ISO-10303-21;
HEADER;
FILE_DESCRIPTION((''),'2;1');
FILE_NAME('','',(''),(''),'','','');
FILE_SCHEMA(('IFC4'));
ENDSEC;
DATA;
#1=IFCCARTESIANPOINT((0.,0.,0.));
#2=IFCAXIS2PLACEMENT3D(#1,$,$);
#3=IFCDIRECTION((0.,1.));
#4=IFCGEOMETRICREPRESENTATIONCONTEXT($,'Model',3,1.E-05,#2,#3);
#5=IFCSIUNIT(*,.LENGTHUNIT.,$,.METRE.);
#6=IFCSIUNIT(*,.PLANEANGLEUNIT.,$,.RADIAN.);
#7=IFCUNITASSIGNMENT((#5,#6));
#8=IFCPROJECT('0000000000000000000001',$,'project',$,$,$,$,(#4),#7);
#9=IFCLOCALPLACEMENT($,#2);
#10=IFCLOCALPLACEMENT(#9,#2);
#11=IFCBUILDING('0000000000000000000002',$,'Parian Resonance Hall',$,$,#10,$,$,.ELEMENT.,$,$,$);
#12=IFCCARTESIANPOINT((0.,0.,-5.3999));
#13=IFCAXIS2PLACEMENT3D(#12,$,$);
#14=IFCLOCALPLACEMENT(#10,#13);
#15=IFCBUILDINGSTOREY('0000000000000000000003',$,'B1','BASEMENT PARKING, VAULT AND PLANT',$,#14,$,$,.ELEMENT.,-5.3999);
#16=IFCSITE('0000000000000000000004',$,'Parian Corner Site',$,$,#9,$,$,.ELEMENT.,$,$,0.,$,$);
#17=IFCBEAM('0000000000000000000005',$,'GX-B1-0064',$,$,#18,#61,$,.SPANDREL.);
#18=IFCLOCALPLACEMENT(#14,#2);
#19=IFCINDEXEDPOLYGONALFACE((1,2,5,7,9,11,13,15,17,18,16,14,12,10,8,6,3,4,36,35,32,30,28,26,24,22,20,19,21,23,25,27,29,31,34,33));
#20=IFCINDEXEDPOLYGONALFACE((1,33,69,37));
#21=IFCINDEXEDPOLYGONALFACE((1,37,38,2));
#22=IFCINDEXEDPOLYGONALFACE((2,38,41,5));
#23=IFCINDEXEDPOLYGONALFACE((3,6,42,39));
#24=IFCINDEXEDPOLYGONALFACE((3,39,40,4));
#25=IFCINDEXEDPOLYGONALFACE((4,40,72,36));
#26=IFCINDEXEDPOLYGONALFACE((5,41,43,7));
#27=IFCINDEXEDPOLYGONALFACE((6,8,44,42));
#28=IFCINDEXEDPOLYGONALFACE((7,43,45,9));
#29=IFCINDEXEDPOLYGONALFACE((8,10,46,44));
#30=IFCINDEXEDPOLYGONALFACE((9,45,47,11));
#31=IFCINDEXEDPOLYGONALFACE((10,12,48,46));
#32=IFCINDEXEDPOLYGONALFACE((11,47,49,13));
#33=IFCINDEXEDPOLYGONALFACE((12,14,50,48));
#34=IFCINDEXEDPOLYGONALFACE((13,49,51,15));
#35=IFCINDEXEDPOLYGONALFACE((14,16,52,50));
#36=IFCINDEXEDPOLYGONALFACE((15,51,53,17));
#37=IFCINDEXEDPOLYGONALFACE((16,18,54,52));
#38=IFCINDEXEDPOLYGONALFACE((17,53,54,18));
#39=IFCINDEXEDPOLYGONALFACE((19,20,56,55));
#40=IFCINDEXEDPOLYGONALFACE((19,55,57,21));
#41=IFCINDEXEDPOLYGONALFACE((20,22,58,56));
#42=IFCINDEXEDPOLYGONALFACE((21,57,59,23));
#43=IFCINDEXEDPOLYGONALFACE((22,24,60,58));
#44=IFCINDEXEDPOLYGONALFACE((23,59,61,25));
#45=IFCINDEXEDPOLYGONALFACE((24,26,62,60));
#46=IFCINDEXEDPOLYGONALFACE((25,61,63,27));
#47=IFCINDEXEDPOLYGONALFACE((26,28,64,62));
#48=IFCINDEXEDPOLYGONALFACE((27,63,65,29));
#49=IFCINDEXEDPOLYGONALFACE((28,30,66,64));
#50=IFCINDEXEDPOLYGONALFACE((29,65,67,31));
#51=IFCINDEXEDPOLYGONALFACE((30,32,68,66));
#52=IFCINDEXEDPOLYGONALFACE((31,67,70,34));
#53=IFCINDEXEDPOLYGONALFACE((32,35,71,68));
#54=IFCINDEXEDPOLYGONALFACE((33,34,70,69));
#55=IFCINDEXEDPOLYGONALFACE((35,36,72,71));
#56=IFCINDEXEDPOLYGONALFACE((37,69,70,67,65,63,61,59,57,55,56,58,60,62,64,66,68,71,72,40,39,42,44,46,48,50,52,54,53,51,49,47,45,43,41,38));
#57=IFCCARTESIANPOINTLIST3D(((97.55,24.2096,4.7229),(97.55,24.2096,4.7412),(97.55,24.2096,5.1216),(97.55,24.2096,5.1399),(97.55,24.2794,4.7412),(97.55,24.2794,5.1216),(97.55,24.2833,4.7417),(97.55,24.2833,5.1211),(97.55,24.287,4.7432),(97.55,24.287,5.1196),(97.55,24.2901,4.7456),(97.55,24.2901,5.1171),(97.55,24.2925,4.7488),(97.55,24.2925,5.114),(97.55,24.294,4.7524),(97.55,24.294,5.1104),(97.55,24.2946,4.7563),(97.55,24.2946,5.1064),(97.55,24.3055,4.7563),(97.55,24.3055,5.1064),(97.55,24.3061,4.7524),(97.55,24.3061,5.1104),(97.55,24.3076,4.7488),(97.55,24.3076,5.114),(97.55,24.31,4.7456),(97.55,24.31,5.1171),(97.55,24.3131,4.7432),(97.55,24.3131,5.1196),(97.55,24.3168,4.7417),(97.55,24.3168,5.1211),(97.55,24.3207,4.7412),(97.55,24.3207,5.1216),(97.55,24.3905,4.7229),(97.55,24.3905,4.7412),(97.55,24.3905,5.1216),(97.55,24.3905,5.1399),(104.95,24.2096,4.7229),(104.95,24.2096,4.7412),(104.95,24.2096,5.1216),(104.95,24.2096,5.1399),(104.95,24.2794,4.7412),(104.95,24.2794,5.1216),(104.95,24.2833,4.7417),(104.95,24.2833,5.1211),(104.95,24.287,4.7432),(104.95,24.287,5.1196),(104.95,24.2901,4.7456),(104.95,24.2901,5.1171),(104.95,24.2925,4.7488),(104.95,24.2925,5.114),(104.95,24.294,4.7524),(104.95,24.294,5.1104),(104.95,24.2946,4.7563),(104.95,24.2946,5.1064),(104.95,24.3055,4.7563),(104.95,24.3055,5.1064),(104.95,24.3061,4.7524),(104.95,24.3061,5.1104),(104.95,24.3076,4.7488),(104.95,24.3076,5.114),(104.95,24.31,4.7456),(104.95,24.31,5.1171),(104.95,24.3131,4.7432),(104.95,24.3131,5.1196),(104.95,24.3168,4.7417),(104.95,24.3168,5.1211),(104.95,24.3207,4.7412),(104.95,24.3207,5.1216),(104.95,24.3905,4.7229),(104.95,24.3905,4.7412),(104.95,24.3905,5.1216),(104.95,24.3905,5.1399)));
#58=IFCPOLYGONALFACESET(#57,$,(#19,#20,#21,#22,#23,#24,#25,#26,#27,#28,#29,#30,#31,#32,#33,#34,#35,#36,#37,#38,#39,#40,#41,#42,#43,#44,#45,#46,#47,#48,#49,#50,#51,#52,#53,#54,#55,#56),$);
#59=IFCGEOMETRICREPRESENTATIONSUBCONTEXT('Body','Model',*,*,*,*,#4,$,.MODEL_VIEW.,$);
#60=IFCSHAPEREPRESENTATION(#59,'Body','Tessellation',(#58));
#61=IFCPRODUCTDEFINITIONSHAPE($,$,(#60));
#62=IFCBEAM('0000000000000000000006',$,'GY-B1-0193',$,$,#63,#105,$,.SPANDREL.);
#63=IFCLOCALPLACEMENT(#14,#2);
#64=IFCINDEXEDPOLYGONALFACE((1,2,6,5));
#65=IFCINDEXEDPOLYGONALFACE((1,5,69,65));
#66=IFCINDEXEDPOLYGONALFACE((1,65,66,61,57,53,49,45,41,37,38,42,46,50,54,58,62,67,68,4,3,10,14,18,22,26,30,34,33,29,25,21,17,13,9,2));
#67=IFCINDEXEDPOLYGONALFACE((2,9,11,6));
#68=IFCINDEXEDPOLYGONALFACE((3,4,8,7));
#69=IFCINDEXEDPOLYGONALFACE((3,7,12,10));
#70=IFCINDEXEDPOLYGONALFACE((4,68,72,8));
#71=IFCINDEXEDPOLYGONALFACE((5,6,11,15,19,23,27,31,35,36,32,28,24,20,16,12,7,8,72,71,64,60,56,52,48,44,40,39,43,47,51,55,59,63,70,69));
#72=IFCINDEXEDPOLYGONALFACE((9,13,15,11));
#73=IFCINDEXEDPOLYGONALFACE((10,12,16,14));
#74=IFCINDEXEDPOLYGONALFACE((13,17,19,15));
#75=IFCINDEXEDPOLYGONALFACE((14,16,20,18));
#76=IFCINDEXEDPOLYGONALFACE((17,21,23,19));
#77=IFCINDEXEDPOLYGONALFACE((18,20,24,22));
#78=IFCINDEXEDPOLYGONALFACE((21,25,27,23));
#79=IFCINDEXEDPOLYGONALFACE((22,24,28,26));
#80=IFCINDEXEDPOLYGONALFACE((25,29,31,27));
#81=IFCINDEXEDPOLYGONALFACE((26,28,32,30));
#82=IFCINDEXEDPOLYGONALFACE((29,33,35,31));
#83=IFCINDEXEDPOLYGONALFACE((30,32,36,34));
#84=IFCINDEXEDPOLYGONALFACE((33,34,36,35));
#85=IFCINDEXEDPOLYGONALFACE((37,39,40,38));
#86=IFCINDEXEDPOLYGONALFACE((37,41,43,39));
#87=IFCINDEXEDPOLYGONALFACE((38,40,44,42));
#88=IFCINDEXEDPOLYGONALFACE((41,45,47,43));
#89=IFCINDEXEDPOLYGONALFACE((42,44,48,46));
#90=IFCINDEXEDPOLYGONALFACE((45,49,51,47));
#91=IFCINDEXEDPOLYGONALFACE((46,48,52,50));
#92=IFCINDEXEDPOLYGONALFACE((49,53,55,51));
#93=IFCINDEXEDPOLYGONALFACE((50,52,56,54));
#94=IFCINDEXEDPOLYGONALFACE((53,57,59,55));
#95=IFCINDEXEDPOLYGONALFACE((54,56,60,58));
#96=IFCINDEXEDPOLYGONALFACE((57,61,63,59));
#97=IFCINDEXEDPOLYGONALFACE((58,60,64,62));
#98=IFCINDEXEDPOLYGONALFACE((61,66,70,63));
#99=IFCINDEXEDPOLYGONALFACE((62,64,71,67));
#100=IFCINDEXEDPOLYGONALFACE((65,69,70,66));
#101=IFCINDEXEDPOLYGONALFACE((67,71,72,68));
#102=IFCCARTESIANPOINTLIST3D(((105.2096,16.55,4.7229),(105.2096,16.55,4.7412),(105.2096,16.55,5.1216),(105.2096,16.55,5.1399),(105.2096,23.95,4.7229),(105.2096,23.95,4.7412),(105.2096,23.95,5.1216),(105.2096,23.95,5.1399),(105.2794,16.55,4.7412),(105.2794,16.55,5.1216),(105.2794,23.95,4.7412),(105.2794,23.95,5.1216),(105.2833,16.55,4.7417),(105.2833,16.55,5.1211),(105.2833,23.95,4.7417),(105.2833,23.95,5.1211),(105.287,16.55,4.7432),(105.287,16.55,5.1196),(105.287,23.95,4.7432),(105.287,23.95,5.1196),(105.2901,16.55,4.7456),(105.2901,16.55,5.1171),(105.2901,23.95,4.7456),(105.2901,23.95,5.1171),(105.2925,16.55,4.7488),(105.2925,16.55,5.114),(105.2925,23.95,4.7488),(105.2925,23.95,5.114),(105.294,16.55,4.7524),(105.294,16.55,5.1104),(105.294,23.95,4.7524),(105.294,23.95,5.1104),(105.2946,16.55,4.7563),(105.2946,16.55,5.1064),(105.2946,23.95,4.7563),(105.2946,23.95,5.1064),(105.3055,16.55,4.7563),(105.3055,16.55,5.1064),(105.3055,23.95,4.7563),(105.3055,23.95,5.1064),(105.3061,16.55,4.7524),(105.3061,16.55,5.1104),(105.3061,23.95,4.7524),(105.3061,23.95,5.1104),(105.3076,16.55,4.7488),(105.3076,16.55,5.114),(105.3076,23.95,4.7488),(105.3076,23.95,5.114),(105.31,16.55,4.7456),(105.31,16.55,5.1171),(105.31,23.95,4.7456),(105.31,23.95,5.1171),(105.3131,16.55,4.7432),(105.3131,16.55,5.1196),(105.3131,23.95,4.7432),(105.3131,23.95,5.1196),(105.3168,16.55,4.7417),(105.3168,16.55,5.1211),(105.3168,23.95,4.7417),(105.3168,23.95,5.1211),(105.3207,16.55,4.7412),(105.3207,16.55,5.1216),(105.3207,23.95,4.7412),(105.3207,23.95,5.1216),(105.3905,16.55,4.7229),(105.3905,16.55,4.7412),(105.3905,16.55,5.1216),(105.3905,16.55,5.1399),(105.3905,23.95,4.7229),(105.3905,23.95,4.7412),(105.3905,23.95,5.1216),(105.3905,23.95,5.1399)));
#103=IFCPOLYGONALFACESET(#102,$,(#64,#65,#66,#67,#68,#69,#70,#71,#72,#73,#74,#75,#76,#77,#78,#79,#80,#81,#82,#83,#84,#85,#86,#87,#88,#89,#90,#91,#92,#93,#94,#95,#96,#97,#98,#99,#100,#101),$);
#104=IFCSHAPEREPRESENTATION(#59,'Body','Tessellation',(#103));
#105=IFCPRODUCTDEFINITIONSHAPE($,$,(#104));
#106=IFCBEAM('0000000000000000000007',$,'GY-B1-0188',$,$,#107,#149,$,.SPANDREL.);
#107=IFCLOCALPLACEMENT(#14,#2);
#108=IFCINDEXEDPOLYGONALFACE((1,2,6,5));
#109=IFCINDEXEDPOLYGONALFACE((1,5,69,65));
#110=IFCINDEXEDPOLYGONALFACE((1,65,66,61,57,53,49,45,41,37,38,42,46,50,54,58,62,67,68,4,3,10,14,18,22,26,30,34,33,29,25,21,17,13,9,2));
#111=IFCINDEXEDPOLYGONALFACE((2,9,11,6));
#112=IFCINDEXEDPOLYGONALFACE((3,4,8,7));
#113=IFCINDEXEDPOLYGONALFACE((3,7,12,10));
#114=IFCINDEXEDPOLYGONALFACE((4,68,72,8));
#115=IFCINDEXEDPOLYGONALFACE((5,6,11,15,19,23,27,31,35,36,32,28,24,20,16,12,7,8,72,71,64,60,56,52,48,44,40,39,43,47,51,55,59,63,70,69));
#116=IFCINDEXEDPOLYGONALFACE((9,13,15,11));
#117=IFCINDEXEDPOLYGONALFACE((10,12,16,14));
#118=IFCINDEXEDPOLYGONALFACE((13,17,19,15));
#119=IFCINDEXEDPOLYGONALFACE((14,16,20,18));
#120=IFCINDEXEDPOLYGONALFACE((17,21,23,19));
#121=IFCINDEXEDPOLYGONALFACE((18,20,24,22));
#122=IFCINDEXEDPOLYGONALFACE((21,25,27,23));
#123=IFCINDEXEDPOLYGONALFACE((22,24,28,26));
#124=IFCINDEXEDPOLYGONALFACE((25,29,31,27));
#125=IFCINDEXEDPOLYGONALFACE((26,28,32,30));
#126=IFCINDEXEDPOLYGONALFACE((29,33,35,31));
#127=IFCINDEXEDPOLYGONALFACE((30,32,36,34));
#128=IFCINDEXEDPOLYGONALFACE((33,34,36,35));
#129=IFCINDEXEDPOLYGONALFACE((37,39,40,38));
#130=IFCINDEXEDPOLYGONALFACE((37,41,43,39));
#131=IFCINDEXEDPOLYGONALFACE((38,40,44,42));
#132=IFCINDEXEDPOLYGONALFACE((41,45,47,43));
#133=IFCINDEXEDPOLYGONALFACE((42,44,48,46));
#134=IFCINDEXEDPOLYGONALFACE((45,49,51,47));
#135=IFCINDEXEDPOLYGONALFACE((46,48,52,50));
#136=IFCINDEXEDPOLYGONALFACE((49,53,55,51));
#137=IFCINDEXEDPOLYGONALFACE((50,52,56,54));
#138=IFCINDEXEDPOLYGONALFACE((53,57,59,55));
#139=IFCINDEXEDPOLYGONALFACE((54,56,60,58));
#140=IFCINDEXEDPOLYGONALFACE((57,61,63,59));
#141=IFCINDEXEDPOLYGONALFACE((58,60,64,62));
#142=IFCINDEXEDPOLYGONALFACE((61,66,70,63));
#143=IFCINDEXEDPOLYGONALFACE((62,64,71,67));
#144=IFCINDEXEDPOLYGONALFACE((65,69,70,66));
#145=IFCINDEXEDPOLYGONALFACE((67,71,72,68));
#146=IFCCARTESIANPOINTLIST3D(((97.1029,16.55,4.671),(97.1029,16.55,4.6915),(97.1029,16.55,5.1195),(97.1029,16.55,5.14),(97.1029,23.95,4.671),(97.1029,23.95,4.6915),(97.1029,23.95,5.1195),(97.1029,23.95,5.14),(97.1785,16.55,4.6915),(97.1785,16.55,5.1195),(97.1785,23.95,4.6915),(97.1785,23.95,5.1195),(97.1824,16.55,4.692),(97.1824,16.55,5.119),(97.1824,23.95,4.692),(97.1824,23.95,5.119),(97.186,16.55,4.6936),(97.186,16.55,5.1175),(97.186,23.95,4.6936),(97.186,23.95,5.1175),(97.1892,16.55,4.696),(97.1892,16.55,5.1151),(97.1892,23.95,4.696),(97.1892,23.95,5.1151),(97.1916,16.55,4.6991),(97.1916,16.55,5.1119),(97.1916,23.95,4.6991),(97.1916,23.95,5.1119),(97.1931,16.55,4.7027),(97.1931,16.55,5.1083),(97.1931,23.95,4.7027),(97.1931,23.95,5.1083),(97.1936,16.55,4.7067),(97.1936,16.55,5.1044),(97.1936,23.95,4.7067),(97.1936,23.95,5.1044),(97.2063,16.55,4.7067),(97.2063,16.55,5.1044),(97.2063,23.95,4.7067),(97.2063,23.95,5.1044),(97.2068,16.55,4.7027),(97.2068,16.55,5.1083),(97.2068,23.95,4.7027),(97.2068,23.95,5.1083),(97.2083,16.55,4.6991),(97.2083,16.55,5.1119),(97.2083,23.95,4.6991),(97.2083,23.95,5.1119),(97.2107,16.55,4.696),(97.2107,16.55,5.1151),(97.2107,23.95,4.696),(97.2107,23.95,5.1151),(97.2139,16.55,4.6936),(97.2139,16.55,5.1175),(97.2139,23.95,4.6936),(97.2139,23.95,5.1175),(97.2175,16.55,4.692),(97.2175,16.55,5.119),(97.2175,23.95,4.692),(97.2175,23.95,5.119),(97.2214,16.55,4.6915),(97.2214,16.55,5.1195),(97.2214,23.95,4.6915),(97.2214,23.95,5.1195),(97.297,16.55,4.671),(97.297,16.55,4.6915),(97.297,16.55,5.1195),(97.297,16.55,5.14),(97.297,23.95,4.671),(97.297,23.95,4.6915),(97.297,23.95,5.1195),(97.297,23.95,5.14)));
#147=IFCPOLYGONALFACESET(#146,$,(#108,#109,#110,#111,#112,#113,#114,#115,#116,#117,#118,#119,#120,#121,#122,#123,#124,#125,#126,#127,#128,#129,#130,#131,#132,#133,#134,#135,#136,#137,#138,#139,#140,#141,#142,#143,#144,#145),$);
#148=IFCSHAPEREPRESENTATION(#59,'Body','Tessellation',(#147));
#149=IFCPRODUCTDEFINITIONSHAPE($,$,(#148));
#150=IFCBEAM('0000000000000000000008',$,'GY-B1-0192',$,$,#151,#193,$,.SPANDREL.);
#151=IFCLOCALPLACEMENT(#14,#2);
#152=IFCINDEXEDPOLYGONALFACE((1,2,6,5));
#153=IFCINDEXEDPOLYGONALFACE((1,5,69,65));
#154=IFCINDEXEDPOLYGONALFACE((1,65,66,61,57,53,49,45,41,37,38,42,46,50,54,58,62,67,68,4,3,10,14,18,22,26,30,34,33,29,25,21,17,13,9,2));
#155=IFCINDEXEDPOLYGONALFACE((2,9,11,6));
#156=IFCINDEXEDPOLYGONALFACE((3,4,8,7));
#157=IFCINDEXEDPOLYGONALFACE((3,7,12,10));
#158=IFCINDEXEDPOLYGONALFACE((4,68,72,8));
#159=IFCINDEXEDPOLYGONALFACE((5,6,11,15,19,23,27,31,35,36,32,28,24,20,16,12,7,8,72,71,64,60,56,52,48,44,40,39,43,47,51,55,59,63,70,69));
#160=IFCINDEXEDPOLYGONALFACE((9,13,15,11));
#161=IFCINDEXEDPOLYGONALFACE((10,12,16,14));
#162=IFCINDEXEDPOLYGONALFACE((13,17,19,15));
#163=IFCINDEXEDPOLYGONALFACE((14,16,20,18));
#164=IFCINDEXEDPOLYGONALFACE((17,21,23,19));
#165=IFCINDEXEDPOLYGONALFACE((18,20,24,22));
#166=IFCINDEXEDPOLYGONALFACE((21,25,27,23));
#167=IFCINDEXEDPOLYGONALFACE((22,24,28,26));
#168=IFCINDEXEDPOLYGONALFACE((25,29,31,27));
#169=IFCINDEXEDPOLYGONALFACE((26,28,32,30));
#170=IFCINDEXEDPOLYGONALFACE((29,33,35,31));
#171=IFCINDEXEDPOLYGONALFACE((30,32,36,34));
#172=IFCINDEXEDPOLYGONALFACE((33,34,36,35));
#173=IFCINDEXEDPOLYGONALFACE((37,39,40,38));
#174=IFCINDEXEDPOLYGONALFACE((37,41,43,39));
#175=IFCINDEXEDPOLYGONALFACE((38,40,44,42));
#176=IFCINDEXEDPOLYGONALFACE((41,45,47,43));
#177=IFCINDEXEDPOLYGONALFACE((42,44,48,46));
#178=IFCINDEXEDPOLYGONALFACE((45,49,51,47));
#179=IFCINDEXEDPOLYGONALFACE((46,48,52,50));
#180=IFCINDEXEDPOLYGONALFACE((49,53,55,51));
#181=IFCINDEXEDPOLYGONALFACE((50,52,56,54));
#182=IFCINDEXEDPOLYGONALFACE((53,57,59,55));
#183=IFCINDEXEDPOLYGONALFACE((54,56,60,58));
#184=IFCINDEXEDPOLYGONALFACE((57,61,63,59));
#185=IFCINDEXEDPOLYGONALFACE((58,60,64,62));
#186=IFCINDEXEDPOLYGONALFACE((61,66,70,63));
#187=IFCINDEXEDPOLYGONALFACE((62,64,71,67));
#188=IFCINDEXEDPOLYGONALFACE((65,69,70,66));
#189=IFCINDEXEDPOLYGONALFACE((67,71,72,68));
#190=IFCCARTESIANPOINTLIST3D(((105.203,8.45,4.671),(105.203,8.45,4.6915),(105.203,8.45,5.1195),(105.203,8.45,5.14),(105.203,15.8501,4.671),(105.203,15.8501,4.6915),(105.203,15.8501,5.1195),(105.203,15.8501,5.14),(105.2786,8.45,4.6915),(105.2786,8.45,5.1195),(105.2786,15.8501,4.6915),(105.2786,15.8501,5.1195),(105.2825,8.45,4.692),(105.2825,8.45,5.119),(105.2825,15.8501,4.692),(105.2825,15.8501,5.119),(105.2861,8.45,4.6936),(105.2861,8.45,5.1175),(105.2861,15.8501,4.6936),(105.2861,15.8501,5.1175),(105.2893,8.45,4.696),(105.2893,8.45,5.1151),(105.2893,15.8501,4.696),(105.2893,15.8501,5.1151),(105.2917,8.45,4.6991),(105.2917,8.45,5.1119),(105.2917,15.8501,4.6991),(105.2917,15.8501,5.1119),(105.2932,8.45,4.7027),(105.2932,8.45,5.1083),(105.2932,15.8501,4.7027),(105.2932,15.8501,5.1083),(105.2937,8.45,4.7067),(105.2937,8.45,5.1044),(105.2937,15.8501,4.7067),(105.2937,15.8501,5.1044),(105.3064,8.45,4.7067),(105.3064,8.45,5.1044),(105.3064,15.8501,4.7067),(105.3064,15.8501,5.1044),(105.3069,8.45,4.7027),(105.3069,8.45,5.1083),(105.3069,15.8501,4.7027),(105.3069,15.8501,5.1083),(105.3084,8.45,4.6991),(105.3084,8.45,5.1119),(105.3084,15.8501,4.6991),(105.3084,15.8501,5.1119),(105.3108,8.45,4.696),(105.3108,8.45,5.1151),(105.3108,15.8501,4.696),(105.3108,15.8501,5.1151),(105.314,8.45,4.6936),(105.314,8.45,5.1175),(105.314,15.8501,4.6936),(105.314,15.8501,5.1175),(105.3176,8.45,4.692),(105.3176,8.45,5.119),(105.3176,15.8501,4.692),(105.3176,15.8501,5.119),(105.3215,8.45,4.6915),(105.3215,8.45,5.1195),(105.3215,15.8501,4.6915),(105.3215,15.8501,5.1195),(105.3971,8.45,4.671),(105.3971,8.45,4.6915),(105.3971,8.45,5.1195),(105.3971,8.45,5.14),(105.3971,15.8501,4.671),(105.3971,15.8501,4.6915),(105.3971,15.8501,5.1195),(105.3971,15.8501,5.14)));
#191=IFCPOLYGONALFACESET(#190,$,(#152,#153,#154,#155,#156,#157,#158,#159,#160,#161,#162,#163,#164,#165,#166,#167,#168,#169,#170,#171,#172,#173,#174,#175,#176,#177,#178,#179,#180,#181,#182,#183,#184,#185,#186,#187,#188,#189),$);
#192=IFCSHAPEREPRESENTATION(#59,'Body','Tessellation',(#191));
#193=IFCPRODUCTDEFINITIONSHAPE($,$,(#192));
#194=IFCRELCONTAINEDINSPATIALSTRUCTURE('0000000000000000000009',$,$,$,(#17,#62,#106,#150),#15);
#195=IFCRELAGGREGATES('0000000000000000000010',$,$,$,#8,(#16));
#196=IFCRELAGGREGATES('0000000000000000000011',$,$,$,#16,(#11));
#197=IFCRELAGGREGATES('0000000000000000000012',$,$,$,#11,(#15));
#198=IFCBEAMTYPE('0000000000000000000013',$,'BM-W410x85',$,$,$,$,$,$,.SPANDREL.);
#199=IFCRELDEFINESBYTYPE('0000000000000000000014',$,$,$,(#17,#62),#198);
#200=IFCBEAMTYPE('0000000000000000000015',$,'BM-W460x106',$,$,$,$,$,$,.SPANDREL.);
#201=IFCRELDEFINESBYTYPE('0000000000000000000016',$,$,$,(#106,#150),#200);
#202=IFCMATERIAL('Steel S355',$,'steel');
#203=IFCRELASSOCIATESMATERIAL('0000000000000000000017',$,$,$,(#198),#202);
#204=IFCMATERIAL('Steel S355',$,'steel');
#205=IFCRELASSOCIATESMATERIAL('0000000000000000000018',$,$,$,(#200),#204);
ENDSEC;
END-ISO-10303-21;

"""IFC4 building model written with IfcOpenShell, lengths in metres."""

from ifc_helpers import new_model, si_unit, direction, frame, origin, origin_2d, place, context, subcontext, project, spatial, i_section, extrude, material, material_profile, profile_set, type_object, element, save


model = new_model("IFC4")

# Units and contexts
model_context = context("Model", 3, precision=1e-05, world=origin(), true_north=direction((0.0, 1.0)))
body_context = subcontext(model_context, "Body", "Model", "MODEL_VIEW")
ifc_project = project(units=[si_unit("LENGTHUNIT", "METRE"), si_unit("PLANEANGLEUNIT", "RADIAN")], contexts=[model_context])

# Site, building, storey
site_placement = place(None, origin())
site = spatial("IfcSite", under=ifc_project, at=site_placement, Name="Parian Corner Site", CompositionType="ELEMENT", RefElevation=0.0)
building_placement = place(site_placement, origin())
building = spatial("IfcBuilding", under=site, at=building_placement, Name="Parian Resonance Hall", CompositionType="ELEMENT")
storey_placement = place(building_placement, frame((0.0, 0.0, -5.3999)))
storey = spatial("IfcBuildingStorey", under=building, at=storey_placement, Name="B1", Description="BASEMENT PARKING, VAULT AND PLANT", CompositionType="ELEMENT", Elevation=-5.3999)

# Beams
ifc_material_1 = material(Name="Steel S355", Category="steel")
ifc_material_profile_1 = material_profile(ifc_material_1, i_section(OverallWidth=0.1809, OverallDepth=0.417, WebThickness=0.011, FlangeThickness=0.0183, FilletRadius=0.0151, at=origin_2d()), Name="W410x85")
ifc_profile_set_1 = profile_set([ifc_material_profile_1], Name="Steel S355")
beam_type_1 = type_object("IfcBeamType", Name="BM-W410x85", PredefinedType="SPANDREL", material=ifc_profile_set_1)
for number, where, z_axis, x_axis, name in (
    (1, (97.55, 24.3, 4.9314), (1.0, 0.0, 0.0), (0.0, 1.0, 0.0), "GX-B1-0064"),
    (2, (105.3, 16.55, 4.9314), (0.0, 1.0, 0.0), (-1.0, 0.0, 0.0), "GY-B1-0193"),
):
    element("IfcBeam", number, at=place(storey_placement, frame(where, z_axis=z_axis, x_axis=x_axis)), inside=storey, type_object=beam_type_1, Name=name, PredefinedType="SPANDREL", context=body_context, shape_type="SweptSolid", body=[
        extrude(i_section(OverallWidth=0.1809, OverallDepth=0.417, WebThickness=0.011, FlangeThickness=0.0183, FilletRadius=0.0151, at=origin_2d()), origin(), (0.0, 0.0, 1.0), 7.3999),
    ])
ifc_material_2 = material(Name="Steel S355", Category="steel")
ifc_material_profile_2 = material_profile(ifc_material_2, i_section(OverallWidth=0.1941, OverallDepth=0.469, WebThickness=0.0127, FlangeThickness=0.0205, FilletRadius=0.0151, at=origin_2d()), Name="W460x106")
ifc_profile_set_2 = profile_set([ifc_material_profile_2], Name="Steel S355")
beam_type_2 = type_object("IfcBeamType", Name="BM-W460x106", PredefinedType="SPANDREL", material=ifc_profile_set_2)
beam_1_placement = place(storey_placement, frame((97.2, 16.55, 4.9055), z_axis=(0.0, 1.0, 0.0), x_axis=(-1.0, 0.0, 0.0)))
element("IfcBeam", 3, at=beam_1_placement, inside=storey, type_object=beam_type_2, Name="GY-B1-0188", PredefinedType="SPANDREL", context=body_context, shape_type="SweptSolid", body=[
    extrude(i_section(OverallWidth=0.1941, OverallDepth=0.469, WebThickness=0.0127, FlangeThickness=0.0205, FilletRadius=0.0151, at=origin_2d()), origin(), (0.0, 0.0, 1.0), 7.3999),
])
beam_2_placement = place(storey_placement, frame((105.3, 8.45, 4.9055), z_axis=(0.0, 1.0, 0.0), x_axis=(-1.0, 0.0, 0.0)))
element("IfcBeam", 4, at=beam_2_placement, inside=storey, type_object=beam_type_2, Name="GY-B1-0192", PredefinedType="SPANDREL", context=body_context, shape_type="SweptSolid", body=[
    extrude(i_section(OverallWidth=0.1941, OverallDepth=0.469, WebThickness=0.0127, FlangeThickness=0.0205, FilletRadius=0.0151, at=origin_2d()), origin(), (0.0, 0.0, 1.0), 7.4001),
])

save(model, "model.ifc")
